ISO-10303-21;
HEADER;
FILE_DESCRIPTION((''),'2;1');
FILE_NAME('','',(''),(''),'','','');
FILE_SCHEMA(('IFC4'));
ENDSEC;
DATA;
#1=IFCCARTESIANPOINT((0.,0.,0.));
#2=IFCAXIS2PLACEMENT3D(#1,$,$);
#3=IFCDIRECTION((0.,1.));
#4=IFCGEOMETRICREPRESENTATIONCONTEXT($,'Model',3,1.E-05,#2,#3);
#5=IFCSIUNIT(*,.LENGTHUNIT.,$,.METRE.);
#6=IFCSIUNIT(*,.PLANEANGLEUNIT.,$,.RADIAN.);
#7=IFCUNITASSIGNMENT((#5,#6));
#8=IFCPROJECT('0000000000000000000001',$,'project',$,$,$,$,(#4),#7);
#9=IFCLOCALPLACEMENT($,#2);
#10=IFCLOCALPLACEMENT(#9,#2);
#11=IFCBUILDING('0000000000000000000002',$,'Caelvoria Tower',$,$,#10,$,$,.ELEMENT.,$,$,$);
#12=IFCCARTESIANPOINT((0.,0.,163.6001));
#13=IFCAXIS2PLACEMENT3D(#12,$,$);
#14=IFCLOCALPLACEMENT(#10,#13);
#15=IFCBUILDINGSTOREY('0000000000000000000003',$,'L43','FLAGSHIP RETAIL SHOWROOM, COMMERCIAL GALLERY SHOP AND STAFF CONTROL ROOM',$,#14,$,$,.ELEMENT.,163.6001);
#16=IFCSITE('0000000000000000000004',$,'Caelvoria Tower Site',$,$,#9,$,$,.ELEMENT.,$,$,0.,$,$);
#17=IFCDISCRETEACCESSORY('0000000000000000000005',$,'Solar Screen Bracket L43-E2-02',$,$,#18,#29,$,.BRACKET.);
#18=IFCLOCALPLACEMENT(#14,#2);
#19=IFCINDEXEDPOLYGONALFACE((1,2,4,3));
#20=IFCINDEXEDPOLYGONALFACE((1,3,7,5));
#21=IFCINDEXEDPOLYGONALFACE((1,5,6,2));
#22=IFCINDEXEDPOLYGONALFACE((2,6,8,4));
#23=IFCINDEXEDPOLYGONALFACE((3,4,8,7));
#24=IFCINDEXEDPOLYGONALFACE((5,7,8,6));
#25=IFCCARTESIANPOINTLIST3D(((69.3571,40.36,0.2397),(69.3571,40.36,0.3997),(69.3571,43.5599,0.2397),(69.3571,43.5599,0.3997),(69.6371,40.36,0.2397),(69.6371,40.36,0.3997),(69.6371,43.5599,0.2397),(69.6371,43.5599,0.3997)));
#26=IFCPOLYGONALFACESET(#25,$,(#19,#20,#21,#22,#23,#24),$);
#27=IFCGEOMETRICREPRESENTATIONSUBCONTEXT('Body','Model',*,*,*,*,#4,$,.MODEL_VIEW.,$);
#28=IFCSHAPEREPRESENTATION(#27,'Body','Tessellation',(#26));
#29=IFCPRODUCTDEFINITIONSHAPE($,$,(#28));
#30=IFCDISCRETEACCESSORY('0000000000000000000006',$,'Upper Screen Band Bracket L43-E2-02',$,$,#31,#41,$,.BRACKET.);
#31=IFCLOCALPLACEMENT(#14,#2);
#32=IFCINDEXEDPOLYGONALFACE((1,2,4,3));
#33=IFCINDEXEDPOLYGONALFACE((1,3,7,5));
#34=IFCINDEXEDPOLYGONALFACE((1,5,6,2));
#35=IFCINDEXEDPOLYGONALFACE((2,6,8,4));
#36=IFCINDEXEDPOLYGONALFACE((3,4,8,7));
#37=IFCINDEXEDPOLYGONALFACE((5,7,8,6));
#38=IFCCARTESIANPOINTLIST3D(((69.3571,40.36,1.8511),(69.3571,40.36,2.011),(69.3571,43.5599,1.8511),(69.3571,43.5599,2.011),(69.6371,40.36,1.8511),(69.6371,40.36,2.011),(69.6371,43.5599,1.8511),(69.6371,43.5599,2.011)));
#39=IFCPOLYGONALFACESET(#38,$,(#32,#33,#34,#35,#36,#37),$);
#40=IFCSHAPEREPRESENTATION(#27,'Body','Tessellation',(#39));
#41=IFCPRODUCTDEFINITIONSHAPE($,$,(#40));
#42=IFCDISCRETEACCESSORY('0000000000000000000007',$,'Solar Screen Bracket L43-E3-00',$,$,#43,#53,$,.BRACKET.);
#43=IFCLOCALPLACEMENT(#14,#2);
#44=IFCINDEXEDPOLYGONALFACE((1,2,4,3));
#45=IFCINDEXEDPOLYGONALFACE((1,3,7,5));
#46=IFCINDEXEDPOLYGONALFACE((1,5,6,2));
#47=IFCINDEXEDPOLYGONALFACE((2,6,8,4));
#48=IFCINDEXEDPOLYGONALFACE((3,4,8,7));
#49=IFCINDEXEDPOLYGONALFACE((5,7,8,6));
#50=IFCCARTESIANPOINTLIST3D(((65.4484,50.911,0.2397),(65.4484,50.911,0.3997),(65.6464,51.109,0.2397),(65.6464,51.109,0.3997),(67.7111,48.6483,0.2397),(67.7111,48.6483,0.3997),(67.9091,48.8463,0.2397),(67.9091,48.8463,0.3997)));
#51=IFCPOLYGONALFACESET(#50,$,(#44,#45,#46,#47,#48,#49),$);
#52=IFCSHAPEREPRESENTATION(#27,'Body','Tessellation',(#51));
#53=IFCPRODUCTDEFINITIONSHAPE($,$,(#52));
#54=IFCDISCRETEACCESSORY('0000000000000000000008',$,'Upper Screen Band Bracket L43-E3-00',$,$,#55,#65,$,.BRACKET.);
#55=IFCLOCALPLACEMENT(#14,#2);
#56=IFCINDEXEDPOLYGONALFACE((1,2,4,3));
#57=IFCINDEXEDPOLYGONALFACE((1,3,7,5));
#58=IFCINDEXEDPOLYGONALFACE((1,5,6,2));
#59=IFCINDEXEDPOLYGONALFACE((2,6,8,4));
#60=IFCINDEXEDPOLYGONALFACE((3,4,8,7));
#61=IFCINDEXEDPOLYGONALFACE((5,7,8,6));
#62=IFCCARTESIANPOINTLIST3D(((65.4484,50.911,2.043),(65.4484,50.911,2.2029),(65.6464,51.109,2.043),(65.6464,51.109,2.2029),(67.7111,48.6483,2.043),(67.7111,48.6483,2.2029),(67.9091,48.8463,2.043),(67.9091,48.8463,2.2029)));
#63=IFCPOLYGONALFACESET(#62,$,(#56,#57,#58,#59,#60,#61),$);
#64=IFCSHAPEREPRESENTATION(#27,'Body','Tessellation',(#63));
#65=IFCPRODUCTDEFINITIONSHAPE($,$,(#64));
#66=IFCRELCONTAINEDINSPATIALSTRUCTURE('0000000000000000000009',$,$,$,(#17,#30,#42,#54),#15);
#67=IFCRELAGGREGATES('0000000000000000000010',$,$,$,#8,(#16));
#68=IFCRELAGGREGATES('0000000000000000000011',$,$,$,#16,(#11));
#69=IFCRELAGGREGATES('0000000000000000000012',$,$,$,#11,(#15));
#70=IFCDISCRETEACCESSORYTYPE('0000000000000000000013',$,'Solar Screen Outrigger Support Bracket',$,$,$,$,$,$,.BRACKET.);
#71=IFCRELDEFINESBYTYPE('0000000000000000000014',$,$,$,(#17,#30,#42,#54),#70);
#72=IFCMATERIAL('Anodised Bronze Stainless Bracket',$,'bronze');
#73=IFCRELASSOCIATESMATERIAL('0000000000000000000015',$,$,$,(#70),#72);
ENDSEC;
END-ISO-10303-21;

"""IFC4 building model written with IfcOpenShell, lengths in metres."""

from ifc_helpers import new_model, si_unit, direction, frame, origin, origin_2d, place, context, subcontext, project, spatial, rectangle, extrude, material, type_object, element, save


model = new_model("IFC4")

# Units and contexts
model_context = context("Model", 3, precision=1e-05, world=origin(), true_north=direction((0.0, 1.0)))
body_context = subcontext(model_context, "Body", "Model", "MODEL_VIEW")
ifc_project = project(units=[si_unit("LENGTHUNIT", "METRE"), si_unit("PLANEANGLEUNIT", "RADIAN")], contexts=[model_context])

# Site, building, storey
site_placement = place(None, origin())
site = spatial("IfcSite", under=ifc_project, at=site_placement, Name="Caelvoria Tower Site", CompositionType="ELEMENT", RefElevation=0.0)
building_placement = place(site_placement, origin())
building = spatial("IfcBuilding", under=site, at=building_placement, Name="Caelvoria Tower", CompositionType="ELEMENT")
storey_placement = place(building_placement, frame((0.0, 0.0, 163.6001)))
storey = spatial("IfcBuildingStorey", under=building, at=storey_placement, Name="L43", Description="FLAGSHIP RETAIL SHOWROOM, COMMERCIAL GALLERY SHOP AND STAFF CONTROL ROOM", CompositionType="ELEMENT", Elevation=163.6001)

# Discrete accessories
ifc_material_1 = material(Name="Anodised Bronze Stainless Bracket", Category="bronze")
discrete_accessory_type = type_object("IfcDiscreteAccessoryType", Name="Solar Screen Outrigger Support Bracket", PredefinedType="BRACKET", material=ifc_material_1)
for number, where, z_axis, x_axis, name in (
    (1, (69.4971, 41.96, 0.2397), (0.0, 0.0, 1.0), (0.0, 1.0, 0.0), "Solar Screen Bracket L43-E2-02"),
    (2, (69.4971, 41.96, 1.8511), (0.0, 0.0, 1.0), (0.0, 1.0, 0.0), "Upper Screen Band Bracket L43-E2-02"),
    (3, (66.6787, 49.8787, 0.2397), (0.0, 0.0, 1.0), (-0.707107, 0.707107, 0.0), "Solar Screen Bracket L43-E3-00"),
    (4, (66.6787, 49.8787, 2.043), (0.0, 0.0, 1.0), (-0.707107, 0.707107, 0.0), "Upper Screen Band Bracket L43-E3-00"),
):
    element("IfcDiscreteAccessory", number, at=place(storey_placement, frame(where, z_axis=z_axis, x_axis=x_axis)), inside=storey, type_object=discrete_accessory_type, Name=name, PredefinedType="BRACKET", context=body_context, shape_type="SweptSolid", body=[
        extrude(rectangle(XDim=3.2, YDim=0.28, at=origin_2d()), origin(), (0.0, 0.0, 1.0), 0.1599),
    ])

save(model, "model.ifc")
